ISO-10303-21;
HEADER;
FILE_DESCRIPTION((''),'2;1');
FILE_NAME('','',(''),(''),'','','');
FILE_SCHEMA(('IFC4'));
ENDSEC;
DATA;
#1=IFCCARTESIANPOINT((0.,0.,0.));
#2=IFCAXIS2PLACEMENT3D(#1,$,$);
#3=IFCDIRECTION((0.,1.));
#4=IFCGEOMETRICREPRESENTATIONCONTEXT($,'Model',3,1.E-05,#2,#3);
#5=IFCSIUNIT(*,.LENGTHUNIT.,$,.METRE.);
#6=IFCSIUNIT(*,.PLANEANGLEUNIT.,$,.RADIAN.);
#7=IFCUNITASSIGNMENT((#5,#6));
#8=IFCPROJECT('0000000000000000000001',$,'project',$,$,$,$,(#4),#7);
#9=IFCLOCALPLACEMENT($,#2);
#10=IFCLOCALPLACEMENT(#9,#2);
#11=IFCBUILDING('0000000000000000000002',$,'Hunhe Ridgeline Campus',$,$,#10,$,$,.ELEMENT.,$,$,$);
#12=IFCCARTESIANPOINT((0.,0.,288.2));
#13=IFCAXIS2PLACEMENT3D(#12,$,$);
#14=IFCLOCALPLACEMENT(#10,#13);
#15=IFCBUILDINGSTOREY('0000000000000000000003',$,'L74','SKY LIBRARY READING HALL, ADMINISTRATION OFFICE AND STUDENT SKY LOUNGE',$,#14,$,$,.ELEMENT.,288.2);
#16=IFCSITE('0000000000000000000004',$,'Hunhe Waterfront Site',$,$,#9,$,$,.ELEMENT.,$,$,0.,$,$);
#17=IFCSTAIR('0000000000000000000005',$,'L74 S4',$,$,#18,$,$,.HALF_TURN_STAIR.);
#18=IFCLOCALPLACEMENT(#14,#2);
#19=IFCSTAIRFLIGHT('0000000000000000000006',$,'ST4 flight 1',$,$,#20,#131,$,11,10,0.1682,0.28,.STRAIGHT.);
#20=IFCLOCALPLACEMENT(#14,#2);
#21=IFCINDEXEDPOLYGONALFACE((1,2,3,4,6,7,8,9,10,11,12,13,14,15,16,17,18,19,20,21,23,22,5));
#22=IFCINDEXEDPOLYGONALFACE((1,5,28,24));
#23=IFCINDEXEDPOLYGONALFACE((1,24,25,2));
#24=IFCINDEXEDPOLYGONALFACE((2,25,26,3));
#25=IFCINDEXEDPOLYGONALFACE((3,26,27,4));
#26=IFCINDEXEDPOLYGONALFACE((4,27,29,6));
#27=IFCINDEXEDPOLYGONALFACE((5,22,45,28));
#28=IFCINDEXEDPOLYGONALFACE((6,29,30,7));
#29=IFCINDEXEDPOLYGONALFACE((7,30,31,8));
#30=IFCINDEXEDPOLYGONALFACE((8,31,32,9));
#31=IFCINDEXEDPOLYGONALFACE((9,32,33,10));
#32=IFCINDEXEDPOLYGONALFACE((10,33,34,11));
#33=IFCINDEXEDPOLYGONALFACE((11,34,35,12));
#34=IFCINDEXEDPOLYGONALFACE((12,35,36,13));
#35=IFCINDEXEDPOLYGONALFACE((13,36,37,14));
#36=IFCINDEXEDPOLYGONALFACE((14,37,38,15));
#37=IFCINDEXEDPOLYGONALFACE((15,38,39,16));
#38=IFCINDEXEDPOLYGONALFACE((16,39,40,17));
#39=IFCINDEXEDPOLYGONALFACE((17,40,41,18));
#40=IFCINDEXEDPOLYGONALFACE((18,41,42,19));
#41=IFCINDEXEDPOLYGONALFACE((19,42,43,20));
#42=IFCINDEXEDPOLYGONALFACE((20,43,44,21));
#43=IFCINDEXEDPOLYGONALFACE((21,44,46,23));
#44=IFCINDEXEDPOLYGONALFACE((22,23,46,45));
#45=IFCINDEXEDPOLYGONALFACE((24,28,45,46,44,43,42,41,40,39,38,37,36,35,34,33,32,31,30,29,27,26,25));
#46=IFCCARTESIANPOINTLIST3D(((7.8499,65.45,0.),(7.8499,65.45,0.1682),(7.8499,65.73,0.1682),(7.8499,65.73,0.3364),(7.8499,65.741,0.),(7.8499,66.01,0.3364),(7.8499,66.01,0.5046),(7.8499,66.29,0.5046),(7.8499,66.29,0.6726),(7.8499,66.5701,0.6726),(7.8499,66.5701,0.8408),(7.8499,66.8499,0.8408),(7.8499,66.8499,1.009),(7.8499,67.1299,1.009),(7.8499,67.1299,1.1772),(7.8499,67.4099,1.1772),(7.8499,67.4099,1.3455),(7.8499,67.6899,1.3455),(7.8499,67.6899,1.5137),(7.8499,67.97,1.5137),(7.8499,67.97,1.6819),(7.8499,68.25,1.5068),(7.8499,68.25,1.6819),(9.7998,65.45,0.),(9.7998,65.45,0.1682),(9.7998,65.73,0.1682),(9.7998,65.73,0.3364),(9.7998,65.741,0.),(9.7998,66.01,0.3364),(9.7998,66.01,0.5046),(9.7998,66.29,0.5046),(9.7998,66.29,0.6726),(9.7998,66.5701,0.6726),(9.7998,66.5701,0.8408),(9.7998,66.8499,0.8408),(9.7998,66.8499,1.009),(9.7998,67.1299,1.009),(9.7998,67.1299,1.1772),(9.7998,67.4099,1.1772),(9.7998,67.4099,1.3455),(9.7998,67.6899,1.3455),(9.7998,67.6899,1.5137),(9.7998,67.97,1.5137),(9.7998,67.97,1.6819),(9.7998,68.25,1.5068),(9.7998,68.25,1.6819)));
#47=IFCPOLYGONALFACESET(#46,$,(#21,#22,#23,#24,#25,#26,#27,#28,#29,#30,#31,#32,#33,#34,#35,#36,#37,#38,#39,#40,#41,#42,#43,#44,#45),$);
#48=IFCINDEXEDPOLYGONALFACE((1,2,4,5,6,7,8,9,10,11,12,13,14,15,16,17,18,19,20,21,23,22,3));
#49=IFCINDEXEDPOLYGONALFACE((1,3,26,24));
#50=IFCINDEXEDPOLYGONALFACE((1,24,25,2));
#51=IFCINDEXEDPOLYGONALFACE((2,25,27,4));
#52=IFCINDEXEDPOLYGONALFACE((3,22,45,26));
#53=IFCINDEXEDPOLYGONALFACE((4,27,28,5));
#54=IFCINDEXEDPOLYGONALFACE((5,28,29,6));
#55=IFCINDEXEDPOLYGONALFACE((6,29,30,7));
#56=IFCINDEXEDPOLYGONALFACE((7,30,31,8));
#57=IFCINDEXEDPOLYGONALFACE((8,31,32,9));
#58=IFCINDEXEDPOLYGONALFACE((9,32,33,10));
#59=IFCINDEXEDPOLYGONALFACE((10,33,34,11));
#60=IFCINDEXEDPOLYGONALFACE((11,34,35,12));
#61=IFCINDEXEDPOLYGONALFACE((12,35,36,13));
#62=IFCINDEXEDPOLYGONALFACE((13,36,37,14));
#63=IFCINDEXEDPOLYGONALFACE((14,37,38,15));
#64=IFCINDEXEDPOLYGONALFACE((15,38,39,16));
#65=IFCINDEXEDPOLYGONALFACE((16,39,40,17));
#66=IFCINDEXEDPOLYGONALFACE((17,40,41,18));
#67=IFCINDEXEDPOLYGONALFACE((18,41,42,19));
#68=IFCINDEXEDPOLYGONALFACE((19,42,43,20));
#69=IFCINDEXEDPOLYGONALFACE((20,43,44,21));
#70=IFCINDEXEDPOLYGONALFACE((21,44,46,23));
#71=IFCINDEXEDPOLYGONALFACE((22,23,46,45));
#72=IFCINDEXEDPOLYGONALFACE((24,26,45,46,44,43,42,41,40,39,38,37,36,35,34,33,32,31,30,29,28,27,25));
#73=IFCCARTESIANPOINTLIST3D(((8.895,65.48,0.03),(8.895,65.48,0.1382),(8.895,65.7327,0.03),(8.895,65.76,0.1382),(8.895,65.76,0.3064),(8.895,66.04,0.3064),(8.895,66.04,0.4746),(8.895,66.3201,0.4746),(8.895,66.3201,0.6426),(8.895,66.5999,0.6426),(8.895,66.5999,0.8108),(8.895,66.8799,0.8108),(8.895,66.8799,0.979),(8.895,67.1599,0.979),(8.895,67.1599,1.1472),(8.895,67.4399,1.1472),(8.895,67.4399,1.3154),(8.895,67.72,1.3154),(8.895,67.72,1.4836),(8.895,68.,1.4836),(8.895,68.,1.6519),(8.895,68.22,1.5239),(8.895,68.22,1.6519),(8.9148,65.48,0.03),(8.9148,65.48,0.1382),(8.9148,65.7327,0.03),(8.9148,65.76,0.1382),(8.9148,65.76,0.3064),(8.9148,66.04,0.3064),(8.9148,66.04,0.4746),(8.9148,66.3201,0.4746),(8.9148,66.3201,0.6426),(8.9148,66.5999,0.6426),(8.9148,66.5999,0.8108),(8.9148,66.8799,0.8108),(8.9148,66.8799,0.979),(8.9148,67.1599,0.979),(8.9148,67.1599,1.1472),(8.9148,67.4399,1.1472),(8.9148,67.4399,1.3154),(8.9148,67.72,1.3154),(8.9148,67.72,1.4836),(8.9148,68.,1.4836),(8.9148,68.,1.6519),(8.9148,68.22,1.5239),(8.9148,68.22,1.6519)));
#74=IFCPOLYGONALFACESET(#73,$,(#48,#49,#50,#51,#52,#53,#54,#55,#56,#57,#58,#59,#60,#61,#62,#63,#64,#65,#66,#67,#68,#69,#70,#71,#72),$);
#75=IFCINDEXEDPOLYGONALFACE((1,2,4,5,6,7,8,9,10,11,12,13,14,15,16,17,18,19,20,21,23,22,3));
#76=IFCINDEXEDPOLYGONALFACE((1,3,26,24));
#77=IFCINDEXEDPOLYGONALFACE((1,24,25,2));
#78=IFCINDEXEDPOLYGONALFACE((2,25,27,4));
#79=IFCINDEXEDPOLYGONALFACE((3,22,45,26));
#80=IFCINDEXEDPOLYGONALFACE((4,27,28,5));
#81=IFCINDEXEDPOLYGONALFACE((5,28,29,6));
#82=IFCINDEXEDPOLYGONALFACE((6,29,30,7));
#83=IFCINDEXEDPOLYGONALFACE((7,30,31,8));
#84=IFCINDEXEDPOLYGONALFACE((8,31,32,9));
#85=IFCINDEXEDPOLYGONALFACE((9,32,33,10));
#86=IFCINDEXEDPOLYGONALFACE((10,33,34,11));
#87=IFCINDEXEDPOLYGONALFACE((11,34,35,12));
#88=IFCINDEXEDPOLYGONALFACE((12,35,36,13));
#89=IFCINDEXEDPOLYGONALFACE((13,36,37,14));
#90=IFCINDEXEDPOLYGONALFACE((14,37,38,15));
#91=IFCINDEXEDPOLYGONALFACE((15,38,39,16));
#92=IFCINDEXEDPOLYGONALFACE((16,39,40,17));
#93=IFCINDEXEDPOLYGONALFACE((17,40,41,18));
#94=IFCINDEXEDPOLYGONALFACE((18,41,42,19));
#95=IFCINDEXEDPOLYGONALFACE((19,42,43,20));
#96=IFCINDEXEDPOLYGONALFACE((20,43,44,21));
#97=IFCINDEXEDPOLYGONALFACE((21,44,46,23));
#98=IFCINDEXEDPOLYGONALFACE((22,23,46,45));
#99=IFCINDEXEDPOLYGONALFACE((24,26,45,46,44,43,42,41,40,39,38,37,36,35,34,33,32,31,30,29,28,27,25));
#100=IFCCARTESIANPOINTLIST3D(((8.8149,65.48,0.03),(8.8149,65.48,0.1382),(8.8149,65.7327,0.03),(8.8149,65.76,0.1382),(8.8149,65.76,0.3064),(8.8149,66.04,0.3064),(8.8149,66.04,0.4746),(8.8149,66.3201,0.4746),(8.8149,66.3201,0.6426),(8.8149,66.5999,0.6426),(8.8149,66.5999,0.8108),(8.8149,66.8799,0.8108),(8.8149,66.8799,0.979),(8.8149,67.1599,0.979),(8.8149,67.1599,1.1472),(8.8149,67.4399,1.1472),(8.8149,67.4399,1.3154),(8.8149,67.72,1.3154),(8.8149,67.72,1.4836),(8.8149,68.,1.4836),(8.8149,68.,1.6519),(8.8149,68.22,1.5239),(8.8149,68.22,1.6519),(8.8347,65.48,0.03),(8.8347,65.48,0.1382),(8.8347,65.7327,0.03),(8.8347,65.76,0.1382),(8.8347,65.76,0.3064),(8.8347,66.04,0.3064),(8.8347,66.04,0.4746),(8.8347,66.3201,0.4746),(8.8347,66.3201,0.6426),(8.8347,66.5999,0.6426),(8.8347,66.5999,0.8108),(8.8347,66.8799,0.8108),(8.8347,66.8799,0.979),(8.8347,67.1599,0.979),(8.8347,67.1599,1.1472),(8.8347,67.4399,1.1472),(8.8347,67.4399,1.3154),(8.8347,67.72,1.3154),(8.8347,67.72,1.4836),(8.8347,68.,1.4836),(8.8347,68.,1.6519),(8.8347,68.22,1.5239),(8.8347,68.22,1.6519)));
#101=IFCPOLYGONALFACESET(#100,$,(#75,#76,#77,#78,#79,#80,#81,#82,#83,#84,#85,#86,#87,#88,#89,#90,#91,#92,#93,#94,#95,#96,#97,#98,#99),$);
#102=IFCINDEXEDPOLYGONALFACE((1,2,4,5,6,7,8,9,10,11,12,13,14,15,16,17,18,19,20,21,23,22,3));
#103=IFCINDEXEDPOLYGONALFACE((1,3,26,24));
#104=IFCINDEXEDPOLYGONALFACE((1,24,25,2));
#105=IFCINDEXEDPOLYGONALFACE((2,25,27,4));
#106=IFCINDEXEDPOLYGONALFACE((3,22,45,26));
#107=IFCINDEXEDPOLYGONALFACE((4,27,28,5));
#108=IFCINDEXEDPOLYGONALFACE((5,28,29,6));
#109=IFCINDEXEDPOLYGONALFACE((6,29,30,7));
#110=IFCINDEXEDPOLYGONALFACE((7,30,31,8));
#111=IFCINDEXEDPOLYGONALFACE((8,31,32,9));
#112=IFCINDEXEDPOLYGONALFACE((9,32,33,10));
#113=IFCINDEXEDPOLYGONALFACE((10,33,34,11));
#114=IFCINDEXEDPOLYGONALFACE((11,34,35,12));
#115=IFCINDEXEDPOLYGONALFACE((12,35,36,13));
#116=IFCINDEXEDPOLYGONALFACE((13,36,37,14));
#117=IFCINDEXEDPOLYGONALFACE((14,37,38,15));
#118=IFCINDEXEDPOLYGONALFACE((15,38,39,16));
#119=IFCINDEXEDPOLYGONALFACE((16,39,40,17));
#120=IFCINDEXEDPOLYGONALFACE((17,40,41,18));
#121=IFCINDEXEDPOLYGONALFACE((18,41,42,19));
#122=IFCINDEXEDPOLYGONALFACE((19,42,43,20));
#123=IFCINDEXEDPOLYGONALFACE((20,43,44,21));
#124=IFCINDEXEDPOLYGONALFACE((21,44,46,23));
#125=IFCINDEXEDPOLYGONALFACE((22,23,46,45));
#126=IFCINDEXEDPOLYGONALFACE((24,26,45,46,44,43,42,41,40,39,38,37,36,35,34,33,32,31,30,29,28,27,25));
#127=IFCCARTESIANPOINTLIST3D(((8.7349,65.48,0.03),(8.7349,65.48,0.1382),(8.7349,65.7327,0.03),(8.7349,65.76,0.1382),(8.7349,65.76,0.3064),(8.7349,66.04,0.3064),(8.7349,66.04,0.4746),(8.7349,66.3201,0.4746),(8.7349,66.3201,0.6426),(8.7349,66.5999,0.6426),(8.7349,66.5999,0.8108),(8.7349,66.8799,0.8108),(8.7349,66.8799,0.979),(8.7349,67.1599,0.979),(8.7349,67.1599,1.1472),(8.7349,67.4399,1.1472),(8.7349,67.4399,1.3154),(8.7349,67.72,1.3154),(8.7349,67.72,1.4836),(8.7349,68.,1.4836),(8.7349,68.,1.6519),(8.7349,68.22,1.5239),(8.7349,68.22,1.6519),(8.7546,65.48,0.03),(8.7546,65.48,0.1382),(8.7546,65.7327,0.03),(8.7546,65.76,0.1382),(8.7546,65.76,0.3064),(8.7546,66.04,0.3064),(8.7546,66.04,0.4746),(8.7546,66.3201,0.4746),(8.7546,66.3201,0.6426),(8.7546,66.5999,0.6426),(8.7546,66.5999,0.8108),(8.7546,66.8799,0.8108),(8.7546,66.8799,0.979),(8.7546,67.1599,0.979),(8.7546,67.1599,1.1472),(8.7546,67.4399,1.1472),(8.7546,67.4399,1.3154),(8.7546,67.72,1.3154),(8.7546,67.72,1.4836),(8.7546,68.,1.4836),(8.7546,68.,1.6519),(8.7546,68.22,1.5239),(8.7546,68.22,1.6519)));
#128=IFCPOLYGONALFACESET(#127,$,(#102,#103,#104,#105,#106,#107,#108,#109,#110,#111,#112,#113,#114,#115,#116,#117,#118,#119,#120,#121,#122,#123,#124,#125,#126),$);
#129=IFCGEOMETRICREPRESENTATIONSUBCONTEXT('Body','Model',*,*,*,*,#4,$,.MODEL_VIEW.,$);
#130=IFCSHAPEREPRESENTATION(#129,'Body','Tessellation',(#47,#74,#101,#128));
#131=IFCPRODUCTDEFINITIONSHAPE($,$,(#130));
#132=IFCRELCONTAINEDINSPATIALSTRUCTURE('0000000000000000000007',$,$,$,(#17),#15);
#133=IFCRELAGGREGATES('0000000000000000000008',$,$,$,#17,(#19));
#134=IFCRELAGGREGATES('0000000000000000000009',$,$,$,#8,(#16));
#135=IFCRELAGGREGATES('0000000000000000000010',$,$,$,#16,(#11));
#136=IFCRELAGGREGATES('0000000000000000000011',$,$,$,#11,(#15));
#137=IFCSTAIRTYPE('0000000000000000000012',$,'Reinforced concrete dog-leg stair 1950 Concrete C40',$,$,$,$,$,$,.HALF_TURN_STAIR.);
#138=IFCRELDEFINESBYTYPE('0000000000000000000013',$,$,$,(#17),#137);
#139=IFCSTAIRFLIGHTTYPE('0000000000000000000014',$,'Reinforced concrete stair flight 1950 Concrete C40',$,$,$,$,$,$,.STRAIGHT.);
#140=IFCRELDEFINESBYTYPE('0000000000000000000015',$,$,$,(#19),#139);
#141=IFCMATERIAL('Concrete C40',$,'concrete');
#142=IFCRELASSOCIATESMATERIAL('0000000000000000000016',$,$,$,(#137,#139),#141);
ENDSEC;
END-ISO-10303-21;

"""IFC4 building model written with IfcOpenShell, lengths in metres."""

from ifc_helpers import new_model, si_unit, direction, frame, origin, place, context, subcontext, project, spatial, polyline, outline, extrude, material, type_object, element, aggregate, save


model = new_model("IFC4")

# Units and contexts
model_context = context("Model", 3, precision=1e-05, world=origin(), true_north=direction((0.0, 1.0)))
body_context = subcontext(model_context, "Body", "Model", "MODEL_VIEW")
ifc_project = project(units=[si_unit("LENGTHUNIT", "METRE"), si_unit("PLANEANGLEUNIT", "RADIAN")], contexts=[model_context])

# Site, building, storey
site_placement = place(None, origin())
site = spatial("IfcSite", under=ifc_project, at=site_placement, Name="Hunhe Waterfront Site", CompositionType="ELEMENT", RefElevation=0.0)
building_placement = place(site_placement, origin())
building = spatial("IfcBuilding", under=site, at=building_placement, Name="Hunhe Ridgeline Campus", CompositionType="ELEMENT")
storey_placement = place(building_placement, frame((0.0, 0.0, 288.2)))
storey = spatial("IfcBuildingStorey", under=building, at=storey_placement, Name="L74", Description="SKY LIBRARY READING HALL, ADMINISTRATION OFFICE AND STUDENT SKY LOUNGE", CompositionType="ELEMENT", Elevation=288.2)

# Stair, stair flight
ifc_material_1 = material(Name="Concrete C40", Category="concrete")
stair_type = type_object("IfcStairType", Name="Reinforced concrete dog-leg stair 1950 Concrete C40", PredefinedType="HALF_TURN_STAIR", material=ifc_material_1)
stair_flight_type = type_object("IfcStairFlightType", Name="Reinforced concrete stair flight 1950 Concrete C40", PredefinedType="STRAIGHT", material=ifc_material_1)
stair_1_placement = place(storey_placement, origin())
stair_1 = element("IfcStair", 1, at=stair_1_placement, inside=storey, type_object=stair_type, Name="L74 S4", PredefinedType="HALF_TURN_STAIR")
stair_flight_1_placement = place(storey_placement, frame((8.825, 65.45, 0.0), z_axis=(0.0, 0.0, 1.0), x_axis=(0.0, 1.0, 0.0)))
stair_flight_1 = element("IfcStairFlight", 2, at=stair_flight_1_placement, type_object=stair_flight_type, Name="ST4 flight 1", NumberOfRisers=11, NumberOfTreads=10, PredefinedType="STRAIGHT", RiserHeight=0.1682, TreadLength=0.28, context=body_context, shape_type="SweptSolid", body=[
    extrude(outline(polyline([(0.0, 0.0), (0.0, 0.1682), (0.28, 0.1682), (0.28, 0.3364), (0.5601, 0.3364), (0.5601, 0.5046), (0.8401, 0.5046), (0.8401, 0.6726), (1.1201, 0.6726), (1.1201, 0.8408), (1.3999, 0.8408), (1.3999, 1.009), (1.6799, 1.009), (1.6799, 1.1772), (1.96, 1.1772), (1.96, 1.3455), (2.24, 1.3455), (2.24, 1.5137), (2.52, 1.5137), (2.52, 1.6819), (2.8, 1.6819), (2.8, 1.8501), (2.8, 1.5068), (0.291, 0.0), (0.0, 0.0)])), frame((0.0, 0.9751, 0.0), z_axis=(0.0, -1.0, 0.0), x_axis=(1.0, 0.0, 0.0)), (0.0, 0.0, 1.0), 1.95),
    extrude(outline(polyline([(0.03, 0.03), (0.03, 0.1382), (0.3101, 0.1382), (0.3101, 0.3064), (0.5901, 0.3064), (0.5901, 0.4746), (0.8701, 0.4746), (0.8701, 0.6426), (1.1499, 0.6426), (1.1499, 0.8108), (1.4299, 0.8108), (1.4299, 0.979), (1.71, 0.979), (1.71, 1.1472), (1.99, 1.1472), (1.99, 1.3154), (2.27, 1.3154), (2.27, 1.4836), (2.55, 1.4836), (2.55, 1.6519), (2.77, 1.6519), (2.77, 1.5239), (0.2827, 0.03), (0.03, 0.03)])), frame((0.0, -0.0701, 0.0), z_axis=(0.0, -1.0, 0.0), x_axis=(1.0, 0.0, 0.0)), (0.0, 0.0, 1.0), 0.0198),
    extrude(outline(polyline([(0.03, 0.03), (0.03, 0.1382), (0.3101, 0.1382), (0.3101, 0.3064), (0.5901, 0.3064), (0.5901, 0.4746), (0.8701, 0.4746), (0.8701, 0.6426), (1.1499, 0.6426), (1.1499, 0.8108), (1.4299, 0.8108), (1.4299, 0.979), (1.71, 0.979), (1.71, 1.1472), (1.99, 1.1472), (1.99, 1.3154), (2.27, 1.3154), (2.27, 1.4836), (2.55, 1.4836), (2.55, 1.6519), (2.77, 1.6519), (2.77, 1.5239), (0.2827, 0.03), (0.03, 0.03)])), frame((0.0, 0.01, 0.0), z_axis=(0.0, -1.0, 0.0), x_axis=(1.0, 0.0, 0.0)), (0.0, 0.0, 1.0), 0.0198),
    extrude(outline(polyline([(0.03, 0.03), (0.03, 0.1382), (0.3101, 0.1382), (0.3101, 0.3064), (0.5901, 0.3064), (0.5901, 0.4746), (0.8701, 0.4746), (0.8701, 0.6426), (1.1499, 0.6426), (1.1499, 0.8108), (1.4299, 0.8108), (1.4299, 0.979), (1.71, 0.979), (1.71, 1.1472), (1.99, 1.1472), (1.99, 1.3154), (2.27, 1.3154), (2.27, 1.4836), (2.55, 1.4836), (2.55, 1.6519), (2.77, 1.6519), (2.77, 1.5239), (0.2827, 0.03), (0.03, 0.03)])), frame((0.0, 0.0901, 0.0), z_axis=(0.0, -1.0, 0.0), x_axis=(1.0, 0.0, 0.0)), (0.0, 0.0, 1.0), 0.0198),
])
aggregate(stair_1, [stair_flight_1])

save(model, "model.ifc")
